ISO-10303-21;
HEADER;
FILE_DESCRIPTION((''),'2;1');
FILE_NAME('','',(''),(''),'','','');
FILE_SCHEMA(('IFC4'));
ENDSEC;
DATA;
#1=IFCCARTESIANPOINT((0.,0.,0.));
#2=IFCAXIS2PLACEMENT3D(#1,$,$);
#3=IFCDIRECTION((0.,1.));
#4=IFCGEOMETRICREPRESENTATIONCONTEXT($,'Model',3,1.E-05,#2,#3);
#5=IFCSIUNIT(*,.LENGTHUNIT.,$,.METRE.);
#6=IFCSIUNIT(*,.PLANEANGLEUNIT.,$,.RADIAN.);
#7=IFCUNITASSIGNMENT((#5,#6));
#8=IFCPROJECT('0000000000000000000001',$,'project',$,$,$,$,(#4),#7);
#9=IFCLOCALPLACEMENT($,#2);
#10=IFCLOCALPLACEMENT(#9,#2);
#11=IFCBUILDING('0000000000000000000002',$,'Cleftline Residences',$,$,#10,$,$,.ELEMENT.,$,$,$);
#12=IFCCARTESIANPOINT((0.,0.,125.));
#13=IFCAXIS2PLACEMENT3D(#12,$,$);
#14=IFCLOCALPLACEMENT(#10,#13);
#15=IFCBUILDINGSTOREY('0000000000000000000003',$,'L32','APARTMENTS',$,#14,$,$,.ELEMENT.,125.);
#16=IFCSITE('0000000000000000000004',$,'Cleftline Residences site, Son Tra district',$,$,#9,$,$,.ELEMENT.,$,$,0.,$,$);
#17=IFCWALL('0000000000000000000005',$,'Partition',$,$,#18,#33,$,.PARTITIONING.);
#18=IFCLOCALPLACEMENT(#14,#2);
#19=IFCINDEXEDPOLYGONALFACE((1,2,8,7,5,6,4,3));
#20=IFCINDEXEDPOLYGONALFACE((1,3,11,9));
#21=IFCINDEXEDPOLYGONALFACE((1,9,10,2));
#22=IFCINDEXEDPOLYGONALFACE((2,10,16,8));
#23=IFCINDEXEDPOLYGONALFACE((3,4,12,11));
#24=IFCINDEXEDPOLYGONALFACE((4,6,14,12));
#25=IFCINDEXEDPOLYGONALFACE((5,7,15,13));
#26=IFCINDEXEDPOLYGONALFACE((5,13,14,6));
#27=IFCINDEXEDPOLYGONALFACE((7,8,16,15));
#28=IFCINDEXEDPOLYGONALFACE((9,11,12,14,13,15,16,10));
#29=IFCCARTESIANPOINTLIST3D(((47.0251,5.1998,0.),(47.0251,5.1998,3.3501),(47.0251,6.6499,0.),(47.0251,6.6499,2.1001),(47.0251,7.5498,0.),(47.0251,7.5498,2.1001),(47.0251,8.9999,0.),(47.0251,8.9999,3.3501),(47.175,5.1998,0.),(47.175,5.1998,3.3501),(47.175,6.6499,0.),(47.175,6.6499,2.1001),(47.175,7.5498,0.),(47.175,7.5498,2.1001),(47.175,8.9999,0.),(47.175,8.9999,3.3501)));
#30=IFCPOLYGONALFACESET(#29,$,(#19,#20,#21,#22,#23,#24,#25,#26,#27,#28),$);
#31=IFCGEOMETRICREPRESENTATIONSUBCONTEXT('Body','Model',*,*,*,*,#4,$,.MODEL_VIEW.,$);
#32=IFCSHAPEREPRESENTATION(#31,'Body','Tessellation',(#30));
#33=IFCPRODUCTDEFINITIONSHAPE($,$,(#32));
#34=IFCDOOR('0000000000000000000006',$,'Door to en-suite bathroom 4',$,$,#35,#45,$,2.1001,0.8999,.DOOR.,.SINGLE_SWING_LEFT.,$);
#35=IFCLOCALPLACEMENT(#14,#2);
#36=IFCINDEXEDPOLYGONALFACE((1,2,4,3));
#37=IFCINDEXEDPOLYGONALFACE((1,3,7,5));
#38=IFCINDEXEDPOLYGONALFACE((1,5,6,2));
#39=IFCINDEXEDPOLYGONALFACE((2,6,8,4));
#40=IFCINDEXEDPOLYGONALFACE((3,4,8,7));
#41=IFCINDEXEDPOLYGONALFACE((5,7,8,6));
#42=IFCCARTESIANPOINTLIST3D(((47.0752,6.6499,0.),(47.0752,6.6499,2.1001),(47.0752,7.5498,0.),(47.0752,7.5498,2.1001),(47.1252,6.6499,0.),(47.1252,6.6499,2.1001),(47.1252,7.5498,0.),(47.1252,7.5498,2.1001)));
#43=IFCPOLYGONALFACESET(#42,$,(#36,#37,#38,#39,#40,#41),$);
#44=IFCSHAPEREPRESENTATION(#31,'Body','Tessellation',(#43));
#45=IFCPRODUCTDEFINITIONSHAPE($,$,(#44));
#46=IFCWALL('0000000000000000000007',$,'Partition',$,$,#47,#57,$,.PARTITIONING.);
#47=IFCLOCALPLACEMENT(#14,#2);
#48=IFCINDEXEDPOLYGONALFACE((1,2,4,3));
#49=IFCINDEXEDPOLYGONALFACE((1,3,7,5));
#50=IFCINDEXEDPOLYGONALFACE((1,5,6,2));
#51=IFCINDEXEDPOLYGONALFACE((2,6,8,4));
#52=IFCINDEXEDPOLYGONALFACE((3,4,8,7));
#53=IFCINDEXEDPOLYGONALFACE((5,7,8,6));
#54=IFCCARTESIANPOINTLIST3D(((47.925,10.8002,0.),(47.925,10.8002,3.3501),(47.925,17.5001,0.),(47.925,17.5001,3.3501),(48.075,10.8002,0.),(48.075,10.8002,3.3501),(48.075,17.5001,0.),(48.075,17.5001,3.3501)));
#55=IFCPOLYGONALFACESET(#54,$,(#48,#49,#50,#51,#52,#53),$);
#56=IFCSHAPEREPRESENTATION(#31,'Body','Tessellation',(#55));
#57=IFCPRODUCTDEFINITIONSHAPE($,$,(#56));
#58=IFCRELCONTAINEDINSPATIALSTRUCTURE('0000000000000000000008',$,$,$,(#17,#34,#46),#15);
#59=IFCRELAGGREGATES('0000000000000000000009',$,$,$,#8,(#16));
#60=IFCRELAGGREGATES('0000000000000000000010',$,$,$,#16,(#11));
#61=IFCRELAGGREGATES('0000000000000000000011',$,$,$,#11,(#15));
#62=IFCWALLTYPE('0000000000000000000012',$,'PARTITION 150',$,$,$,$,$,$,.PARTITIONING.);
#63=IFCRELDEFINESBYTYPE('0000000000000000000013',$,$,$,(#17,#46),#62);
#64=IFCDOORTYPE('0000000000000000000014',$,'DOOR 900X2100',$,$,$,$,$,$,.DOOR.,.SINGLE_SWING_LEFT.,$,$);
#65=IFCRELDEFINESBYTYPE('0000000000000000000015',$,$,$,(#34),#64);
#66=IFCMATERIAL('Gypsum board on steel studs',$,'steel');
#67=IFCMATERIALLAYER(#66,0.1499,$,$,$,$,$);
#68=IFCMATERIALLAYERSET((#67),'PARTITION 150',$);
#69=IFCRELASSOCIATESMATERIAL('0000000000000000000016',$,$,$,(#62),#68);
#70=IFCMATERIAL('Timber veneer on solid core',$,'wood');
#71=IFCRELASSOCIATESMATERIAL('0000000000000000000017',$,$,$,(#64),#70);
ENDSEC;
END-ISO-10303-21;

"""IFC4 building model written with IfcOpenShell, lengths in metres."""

from ifc_helpers import new_model, si_unit, direction, frame, frame_2d, origin, place, context, subcontext, project, spatial, rectangle, extrude, material, layer, layer_set, type_object, element, fill, save


model = new_model("IFC4")

# Units and contexts
model_context = context("Model", 3, precision=1e-05, world=origin(), true_north=direction((0.0, 1.0)))
body_context = subcontext(model_context, "Body", "Model", "MODEL_VIEW")
ifc_project = project(units=[si_unit("LENGTHUNIT", "METRE"), si_unit("PLANEANGLEUNIT", "RADIAN")], contexts=[model_context])

# Site, building, storey
site_placement = place(None, origin())
site = spatial("IfcSite", under=ifc_project, at=site_placement, Name="Cleftline Residences site, Son Tra district", CompositionType="ELEMENT", RefElevation=0.0)
building_placement = place(site_placement, origin())
building = spatial("IfcBuilding", under=site, at=building_placement, Name="Cleftline Residences", CompositionType="ELEMENT")
storey_placement = place(building_placement, frame((0.0, 0.0, 125.0)))
storey = spatial("IfcBuildingStorey", under=building, at=storey_placement, Name="L32", Description="APARTMENTS", CompositionType="ELEMENT", Elevation=125.0)

# Shared definitions
ifc_material_1 = material(Name="Gypsum board on steel studs", Category="steel")
ifc_layer_1 = layer(ifc_material_1, 0.1499)
ifc_layer_set_1 = layer_set([ifc_layer_1], Name="PARTITION 150")
wall_type = type_object("IfcWallType", Name="PARTITION 150", PredefinedType="PARTITIONING", material=ifc_layer_set_1)

# Shared definitions
ifc_material_2 = material(Name="Timber veneer on solid core", Category="wood")
door_type_1 = type_object("IfcDoorType", Name="DOOR 900X2100", OperationType="SINGLE_SWING_LEFT", PredefinedType="DOOR", material=ifc_material_2)

# Wall, opening, door
wall_1_placement = place(storey_placement, frame((47.1001, 5.2, 0.0), z_axis=(0.0, 0.0, 1.0), x_axis=(0.0, 1.0, 0.0)))
wall_1 = element("IfcWall", 1, at=wall_1_placement, inside=storey, type_object=wall_type, Name="Partition", PredefinedType="PARTITIONING", context=body_context, shape_type="SweptSolid", body=[
    extrude(rectangle(XDim=3.8, YDim=0.1499, at=frame_2d((1.8999, 0.0))), origin(), (0.0, 0.0, 1.0), 3.3501),
])
opening_1_placement = place(wall_1_placement, frame((1.45, 0.0, 0.0)))
opening_1 = element("IfcOpeningElement", 2, at=opening_1_placement, cuts=wall_1, PredefinedType="OPENING", context=body_context, shape_type="SweptSolid", body=[
    extrude(rectangle(XDim=0.8999, YDim=2.1001, at=frame_2d((0.45, 1.05))), frame((0.0, 0.085, 0.0), z_axis=(0.0, -1.0, 0.0), x_axis=(1.0, 0.0, 0.0)), (0.0, 0.0, 1.0), 0.1699),
])
door_1_placement = place(opening_1_placement, origin())
door_1 = element("IfcDoor", 3, at=door_1_placement, inside=storey, type_object=door_type_1, Name="Door to en-suite bathroom 4", OperationType="SINGLE_SWING_LEFT", OverallHeight=2.1001, OverallWidth=0.8999, PredefinedType="DOOR", context=body_context, shape_type="SweptSolid", body=[
    extrude(rectangle(XDim=0.8999, YDim=2.1001, at=frame_2d((0.45, 1.05))), frame((0.0, 0.0249, 0.0), z_axis=(0.0, -1.0, 0.0), x_axis=(1.0, 0.0, 0.0)), (0.0, 0.0, 1.0), 0.05),
])
fill(opening_1, door_1)

# Wall
wall_2_placement = place(storey_placement, frame((48.0, 10.8, 0.0), z_axis=(0.0, 0.0, 1.0), x_axis=(0.0, 1.0, 0.0)))
element("IfcWall", 4, at=wall_2_placement, inside=storey, type_object=wall_type, Name="Partition", PredefinedType="PARTITIONING", context=body_context, shape_type="SweptSolid", body=[
    extrude(rectangle(XDim=6.7, YDim=0.1499, at=frame_2d((3.3501, 0.0))), origin(), (0.0, 0.0, 1.0), 3.3501),
])

save(model, "model.ifc")
